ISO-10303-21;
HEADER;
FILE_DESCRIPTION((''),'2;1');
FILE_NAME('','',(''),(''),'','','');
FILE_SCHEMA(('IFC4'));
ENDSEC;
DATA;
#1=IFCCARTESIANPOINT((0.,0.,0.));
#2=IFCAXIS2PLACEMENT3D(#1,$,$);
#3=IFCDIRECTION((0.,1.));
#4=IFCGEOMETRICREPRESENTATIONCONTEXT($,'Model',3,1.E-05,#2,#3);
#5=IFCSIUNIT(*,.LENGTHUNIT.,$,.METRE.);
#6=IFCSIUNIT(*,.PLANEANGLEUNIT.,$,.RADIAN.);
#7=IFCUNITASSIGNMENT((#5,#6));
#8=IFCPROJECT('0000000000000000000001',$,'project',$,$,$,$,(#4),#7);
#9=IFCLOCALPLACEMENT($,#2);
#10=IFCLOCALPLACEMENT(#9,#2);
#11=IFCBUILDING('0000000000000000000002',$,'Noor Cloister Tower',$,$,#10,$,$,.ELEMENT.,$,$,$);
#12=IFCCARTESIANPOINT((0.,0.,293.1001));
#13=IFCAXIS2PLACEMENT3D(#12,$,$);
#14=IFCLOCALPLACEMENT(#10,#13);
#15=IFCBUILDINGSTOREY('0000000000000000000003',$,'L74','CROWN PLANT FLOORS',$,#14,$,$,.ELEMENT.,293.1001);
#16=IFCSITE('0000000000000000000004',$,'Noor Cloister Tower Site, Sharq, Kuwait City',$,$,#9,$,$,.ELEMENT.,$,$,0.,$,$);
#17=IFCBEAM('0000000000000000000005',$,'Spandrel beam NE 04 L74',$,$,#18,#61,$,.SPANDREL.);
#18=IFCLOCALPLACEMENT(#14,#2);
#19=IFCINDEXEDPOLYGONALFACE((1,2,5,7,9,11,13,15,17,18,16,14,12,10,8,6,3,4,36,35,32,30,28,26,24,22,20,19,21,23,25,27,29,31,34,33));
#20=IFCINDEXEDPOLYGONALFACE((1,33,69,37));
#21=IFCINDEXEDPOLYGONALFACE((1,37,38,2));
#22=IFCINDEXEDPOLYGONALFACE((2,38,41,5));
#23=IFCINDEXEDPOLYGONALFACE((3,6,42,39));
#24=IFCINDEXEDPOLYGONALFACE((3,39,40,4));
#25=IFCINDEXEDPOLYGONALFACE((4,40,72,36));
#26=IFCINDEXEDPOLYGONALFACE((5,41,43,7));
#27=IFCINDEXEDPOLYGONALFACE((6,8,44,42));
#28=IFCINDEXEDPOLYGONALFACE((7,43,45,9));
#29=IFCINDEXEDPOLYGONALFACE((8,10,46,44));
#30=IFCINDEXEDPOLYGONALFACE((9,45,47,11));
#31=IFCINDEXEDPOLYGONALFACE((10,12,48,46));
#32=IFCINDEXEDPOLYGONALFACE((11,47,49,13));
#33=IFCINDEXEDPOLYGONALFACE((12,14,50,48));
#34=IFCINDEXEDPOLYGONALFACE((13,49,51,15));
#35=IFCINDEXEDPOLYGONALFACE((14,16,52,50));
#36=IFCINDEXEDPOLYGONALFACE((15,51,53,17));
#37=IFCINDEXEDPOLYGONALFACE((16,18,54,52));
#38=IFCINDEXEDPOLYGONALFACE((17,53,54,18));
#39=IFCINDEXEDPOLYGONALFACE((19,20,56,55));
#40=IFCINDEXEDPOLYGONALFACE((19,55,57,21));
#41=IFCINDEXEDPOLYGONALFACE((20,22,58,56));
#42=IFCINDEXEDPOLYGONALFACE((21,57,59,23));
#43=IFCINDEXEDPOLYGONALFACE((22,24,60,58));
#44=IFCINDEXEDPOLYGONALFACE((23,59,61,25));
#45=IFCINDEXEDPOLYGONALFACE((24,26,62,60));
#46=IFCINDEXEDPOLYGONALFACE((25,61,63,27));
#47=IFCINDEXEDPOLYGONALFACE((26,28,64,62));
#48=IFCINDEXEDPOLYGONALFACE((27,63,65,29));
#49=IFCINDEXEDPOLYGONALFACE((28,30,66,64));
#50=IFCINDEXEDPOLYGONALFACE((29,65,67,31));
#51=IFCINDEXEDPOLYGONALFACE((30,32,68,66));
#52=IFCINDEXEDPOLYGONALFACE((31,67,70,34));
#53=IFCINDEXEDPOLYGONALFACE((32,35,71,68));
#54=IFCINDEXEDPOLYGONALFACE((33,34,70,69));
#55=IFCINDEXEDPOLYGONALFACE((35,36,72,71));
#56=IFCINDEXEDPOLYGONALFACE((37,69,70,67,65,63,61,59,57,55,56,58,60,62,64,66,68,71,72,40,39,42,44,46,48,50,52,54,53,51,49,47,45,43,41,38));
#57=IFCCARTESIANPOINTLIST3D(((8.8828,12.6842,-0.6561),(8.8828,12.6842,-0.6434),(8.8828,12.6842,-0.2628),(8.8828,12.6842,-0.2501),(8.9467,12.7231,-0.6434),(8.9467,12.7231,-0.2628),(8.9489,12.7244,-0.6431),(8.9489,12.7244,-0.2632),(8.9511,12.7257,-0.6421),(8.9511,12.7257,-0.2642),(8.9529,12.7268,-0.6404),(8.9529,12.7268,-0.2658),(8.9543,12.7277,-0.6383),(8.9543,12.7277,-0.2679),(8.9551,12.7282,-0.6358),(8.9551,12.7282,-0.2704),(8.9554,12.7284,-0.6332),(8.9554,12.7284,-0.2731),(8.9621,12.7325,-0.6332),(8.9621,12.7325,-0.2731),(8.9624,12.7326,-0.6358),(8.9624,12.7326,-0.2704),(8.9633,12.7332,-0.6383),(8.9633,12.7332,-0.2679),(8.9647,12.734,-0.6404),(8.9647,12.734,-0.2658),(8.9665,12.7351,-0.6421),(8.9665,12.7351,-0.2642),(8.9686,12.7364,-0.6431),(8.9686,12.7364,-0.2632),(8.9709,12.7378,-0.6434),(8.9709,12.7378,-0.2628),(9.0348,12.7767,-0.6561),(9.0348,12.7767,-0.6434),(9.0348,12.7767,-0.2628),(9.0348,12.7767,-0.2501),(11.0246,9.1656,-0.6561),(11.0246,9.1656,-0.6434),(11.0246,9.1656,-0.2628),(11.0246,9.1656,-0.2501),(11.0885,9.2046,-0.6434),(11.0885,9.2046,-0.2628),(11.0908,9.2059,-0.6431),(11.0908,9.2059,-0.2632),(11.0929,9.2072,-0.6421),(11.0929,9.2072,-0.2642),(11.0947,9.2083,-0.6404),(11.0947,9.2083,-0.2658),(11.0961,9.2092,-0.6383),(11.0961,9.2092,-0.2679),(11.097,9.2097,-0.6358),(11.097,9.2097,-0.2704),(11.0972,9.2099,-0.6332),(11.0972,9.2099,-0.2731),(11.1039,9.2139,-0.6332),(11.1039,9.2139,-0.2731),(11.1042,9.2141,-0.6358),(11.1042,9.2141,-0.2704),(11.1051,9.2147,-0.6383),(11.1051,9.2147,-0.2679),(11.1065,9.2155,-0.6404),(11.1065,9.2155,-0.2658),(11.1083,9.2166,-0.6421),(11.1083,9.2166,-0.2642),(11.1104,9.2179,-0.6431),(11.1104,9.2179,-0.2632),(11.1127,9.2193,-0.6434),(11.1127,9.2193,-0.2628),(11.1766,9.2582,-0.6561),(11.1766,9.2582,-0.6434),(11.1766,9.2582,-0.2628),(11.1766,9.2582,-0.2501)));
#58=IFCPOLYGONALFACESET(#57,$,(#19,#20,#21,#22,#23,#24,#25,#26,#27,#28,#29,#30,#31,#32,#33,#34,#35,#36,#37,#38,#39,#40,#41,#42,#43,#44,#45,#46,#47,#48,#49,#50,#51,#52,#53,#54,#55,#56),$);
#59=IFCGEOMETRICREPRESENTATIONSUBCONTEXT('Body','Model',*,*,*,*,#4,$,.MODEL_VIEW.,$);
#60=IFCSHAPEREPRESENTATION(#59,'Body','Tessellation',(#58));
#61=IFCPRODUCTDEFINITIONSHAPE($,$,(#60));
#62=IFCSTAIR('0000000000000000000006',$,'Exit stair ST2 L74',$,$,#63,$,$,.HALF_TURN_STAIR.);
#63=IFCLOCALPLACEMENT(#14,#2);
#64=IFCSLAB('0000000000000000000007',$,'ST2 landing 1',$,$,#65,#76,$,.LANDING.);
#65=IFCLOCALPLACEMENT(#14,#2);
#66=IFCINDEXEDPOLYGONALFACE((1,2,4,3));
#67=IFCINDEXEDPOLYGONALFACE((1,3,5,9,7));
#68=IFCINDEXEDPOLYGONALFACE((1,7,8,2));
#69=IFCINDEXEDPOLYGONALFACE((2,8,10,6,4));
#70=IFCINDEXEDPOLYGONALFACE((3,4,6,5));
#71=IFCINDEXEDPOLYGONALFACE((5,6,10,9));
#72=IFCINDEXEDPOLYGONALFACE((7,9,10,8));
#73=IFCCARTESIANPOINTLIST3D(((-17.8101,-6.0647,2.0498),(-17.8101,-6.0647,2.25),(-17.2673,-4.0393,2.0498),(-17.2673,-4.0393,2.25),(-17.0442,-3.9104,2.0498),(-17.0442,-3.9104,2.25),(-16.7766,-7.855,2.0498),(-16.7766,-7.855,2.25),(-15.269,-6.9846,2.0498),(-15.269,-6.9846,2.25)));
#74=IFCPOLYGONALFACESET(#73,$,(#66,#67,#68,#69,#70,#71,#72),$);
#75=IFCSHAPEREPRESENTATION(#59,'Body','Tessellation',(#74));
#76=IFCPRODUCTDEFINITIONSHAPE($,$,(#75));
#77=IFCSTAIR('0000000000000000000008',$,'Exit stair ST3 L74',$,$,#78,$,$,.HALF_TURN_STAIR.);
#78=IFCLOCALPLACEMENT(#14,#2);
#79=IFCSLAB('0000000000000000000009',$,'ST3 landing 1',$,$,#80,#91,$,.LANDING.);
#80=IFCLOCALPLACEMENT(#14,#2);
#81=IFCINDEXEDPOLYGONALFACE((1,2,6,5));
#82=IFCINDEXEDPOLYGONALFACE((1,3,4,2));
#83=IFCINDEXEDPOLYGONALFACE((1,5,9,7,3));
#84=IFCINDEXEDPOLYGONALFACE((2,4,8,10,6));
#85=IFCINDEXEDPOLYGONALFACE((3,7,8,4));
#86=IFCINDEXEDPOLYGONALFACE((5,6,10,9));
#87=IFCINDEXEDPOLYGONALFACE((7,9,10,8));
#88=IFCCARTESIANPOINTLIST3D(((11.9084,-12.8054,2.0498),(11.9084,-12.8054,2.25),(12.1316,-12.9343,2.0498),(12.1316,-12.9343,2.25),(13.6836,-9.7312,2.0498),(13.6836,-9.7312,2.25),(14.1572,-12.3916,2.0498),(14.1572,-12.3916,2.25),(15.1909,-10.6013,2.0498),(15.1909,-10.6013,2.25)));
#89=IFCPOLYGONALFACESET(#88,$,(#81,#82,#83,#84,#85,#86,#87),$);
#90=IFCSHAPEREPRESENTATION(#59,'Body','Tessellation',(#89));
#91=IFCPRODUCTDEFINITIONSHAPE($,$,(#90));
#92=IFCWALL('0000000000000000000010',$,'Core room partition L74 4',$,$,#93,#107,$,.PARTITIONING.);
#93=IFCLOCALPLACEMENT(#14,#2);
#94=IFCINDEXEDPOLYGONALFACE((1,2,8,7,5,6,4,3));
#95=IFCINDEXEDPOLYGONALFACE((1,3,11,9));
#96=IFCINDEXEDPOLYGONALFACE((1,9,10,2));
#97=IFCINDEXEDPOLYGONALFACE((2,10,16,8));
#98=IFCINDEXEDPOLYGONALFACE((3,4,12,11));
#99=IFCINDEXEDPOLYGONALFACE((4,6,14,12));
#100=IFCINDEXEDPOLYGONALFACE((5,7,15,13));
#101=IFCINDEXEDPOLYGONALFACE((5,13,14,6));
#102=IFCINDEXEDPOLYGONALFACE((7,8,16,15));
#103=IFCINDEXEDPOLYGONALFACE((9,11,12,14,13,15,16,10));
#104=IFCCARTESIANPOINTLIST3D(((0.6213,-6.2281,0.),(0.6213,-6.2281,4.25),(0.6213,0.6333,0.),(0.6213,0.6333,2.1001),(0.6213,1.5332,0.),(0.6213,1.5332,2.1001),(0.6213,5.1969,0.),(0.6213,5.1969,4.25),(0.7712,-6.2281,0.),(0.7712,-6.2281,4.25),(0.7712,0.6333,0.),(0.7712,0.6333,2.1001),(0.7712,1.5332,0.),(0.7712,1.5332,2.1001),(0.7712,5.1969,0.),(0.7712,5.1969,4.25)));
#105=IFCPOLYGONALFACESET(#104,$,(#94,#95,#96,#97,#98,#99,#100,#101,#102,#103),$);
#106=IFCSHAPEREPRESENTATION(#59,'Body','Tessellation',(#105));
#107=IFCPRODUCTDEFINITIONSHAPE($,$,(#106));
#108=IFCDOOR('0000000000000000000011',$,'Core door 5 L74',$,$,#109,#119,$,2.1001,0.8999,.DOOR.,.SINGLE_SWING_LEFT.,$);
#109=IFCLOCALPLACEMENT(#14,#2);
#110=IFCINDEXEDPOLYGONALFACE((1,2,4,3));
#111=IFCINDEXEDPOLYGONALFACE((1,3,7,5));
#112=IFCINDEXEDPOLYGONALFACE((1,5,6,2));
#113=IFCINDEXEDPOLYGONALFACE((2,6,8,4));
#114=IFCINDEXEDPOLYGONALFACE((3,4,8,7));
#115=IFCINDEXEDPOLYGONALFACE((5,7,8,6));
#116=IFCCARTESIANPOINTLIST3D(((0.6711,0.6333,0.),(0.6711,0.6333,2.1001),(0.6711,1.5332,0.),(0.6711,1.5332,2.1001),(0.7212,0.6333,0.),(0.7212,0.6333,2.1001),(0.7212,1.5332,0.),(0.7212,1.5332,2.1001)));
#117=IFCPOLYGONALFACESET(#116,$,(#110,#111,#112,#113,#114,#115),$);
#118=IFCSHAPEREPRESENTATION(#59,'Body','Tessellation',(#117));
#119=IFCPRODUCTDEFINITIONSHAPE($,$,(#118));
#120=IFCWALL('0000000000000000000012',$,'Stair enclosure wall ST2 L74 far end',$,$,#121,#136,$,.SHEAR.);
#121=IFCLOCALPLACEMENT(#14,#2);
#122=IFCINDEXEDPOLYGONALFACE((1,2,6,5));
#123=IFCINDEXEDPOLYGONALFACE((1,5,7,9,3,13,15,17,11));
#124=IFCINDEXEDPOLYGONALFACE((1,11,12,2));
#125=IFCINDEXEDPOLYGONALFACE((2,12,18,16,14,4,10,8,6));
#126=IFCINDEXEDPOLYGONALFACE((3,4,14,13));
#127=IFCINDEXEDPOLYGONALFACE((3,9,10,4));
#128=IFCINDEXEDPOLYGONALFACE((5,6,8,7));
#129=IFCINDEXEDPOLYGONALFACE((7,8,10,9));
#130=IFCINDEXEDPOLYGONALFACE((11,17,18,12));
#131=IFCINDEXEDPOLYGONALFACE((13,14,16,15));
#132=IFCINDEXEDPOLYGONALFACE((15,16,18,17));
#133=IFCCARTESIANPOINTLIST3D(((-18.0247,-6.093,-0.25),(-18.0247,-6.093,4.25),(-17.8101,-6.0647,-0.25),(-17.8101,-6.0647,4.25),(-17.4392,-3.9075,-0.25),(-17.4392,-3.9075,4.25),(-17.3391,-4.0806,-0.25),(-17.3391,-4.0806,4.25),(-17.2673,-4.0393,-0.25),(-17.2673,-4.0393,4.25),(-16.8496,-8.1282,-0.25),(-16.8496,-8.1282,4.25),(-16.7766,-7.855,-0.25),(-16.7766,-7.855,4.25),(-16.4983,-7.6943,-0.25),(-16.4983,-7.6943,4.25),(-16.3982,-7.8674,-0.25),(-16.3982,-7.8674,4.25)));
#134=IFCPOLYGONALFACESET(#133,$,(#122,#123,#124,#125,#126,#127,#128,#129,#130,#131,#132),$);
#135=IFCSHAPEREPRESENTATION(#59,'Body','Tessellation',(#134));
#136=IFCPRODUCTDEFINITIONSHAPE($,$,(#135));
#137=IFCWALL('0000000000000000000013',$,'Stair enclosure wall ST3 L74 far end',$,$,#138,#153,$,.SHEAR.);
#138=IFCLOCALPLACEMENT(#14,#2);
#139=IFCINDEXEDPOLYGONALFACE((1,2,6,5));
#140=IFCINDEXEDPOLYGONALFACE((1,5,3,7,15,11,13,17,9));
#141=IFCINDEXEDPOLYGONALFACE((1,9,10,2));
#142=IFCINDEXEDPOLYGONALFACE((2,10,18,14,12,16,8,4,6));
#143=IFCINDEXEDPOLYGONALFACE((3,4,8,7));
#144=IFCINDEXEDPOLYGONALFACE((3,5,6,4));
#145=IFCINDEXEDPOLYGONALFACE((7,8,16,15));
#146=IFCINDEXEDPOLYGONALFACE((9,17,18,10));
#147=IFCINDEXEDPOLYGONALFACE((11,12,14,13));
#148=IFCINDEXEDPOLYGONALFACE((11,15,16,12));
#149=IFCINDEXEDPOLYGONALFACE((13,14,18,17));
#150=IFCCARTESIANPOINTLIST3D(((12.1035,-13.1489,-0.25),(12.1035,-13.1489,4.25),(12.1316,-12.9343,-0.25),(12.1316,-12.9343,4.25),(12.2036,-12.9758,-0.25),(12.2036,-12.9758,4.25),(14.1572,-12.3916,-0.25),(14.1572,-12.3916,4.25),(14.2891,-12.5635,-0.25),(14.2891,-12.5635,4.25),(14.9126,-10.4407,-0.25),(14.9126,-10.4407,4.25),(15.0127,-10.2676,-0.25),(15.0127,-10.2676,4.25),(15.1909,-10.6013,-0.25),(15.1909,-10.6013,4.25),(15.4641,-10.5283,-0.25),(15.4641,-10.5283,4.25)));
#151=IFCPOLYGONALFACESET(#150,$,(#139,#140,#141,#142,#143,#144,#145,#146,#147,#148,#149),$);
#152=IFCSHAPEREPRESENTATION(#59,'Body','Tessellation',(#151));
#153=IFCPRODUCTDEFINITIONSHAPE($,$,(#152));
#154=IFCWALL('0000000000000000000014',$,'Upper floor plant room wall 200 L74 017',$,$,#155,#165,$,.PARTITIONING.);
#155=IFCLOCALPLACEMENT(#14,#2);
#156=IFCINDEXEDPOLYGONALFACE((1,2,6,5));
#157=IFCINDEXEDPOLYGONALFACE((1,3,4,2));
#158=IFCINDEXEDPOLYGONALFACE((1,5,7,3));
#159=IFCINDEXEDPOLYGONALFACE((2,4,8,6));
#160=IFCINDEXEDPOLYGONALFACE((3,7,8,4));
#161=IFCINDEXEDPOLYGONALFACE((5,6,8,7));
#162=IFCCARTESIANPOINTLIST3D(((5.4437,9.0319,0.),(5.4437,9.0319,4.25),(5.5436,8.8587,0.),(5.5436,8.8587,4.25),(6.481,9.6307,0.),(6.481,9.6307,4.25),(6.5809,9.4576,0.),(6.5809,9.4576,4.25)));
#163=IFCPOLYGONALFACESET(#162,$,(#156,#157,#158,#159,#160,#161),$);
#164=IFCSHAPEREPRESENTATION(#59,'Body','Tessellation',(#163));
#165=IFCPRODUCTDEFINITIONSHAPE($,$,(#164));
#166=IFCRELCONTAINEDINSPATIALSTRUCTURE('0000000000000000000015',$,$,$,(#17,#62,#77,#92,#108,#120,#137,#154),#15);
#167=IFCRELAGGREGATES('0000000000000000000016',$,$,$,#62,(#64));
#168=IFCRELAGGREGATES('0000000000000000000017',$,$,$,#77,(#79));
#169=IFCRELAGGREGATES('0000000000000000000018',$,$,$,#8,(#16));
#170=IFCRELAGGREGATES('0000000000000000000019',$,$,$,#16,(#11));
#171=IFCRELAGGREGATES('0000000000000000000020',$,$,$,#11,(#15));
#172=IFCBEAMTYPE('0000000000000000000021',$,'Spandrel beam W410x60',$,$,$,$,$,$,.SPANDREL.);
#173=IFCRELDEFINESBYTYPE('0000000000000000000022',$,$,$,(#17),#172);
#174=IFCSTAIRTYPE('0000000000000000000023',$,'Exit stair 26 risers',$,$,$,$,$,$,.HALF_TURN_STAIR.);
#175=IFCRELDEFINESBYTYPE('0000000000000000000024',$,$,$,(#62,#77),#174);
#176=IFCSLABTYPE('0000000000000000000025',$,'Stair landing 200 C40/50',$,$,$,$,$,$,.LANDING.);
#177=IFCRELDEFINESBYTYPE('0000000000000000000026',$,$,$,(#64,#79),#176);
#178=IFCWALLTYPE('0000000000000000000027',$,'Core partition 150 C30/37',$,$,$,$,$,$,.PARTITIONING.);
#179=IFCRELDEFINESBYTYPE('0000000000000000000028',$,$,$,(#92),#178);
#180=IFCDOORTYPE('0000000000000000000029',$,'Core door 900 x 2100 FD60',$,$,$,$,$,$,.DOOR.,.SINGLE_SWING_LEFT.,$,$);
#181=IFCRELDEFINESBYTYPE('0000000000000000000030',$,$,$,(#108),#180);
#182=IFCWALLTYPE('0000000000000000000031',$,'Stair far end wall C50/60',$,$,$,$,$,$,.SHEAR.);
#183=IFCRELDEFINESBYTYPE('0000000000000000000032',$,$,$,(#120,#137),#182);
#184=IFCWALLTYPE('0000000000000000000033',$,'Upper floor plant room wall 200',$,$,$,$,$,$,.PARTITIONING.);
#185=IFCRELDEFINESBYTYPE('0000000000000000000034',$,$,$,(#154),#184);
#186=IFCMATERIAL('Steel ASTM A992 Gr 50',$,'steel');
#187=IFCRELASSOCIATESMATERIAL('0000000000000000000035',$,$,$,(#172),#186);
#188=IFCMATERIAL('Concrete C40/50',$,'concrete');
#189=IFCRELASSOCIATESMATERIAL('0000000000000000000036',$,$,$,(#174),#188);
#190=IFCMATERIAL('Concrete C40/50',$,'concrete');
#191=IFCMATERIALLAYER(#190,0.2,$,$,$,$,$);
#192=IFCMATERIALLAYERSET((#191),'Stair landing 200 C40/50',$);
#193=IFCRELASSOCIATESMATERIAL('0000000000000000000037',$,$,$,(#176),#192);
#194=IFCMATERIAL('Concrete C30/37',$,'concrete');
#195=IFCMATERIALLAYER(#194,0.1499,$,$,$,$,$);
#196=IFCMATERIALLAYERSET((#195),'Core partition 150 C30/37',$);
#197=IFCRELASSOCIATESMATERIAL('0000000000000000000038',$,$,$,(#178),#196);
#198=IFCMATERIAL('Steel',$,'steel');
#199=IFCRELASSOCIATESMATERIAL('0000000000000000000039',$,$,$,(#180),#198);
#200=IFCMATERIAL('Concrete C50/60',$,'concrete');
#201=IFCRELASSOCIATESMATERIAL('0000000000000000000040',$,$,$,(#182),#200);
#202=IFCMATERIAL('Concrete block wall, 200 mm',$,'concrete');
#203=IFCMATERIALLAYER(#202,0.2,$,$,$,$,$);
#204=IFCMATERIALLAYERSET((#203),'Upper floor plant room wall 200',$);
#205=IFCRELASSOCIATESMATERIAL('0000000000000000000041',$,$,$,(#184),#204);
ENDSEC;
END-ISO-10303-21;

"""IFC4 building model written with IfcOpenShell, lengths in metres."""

from ifc_helpers import new_model, si_unit, direction, frame, frame_2d, origin, origin_2d, place, context, subcontext, project, spatial, polyline, rectangle, i_section, outline, extrude, material, layer, layer_set, material_profile, profile_set, type_object, element, fill, aggregate, save


model = new_model("IFC4")

# Units and contexts
model_context = context("Model", 3, precision=1e-05, world=origin(), true_north=direction((0.0, 1.0)))
body_context = subcontext(model_context, "Body", "Model", "MODEL_VIEW")
ifc_project = project(units=[si_unit("LENGTHUNIT", "METRE"), si_unit("PLANEANGLEUNIT", "RADIAN")], contexts=[model_context])

# Site, building, storey
site_placement = place(None, origin())
site = spatial("IfcSite", under=ifc_project, at=site_placement, Name="Noor Cloister Tower Site, Sharq, Kuwait City", CompositionType="ELEMENT", RefElevation=0.0)
building_placement = place(site_placement, origin())
building = spatial("IfcBuilding", under=site, at=building_placement, Name="Noor Cloister Tower", CompositionType="ELEMENT")
storey_placement = place(building_placement, frame((0.0, 0.0, 293.1001)))
storey = spatial("IfcBuildingStorey", under=building, at=storey_placement, Name="L74", Description="CROWN PLANT FLOORS", CompositionType="ELEMENT", Elevation=293.1001)

# Beam
ifc_material_1 = material(Name="Steel ASTM A992 Gr 50", Category="steel")
ifc_material_profile_1 = material_profile(ifc_material_1, i_section(OverallWidth=0.178, OverallDepth=0.406, WebThickness=0.0078, FlangeThickness=0.0127, FilletRadius=0.0103, at=origin_2d()), Name="W410x60")
ifc_profile_set_1 = profile_set([ifc_material_profile_1], Name="Steel ASTM A992 Gr 50")
beam_type_1 = type_object("IfcBeamType", Name="Spandrel beam W410x60", PredefinedType="SPANDREL", material=ifc_profile_set_1)
for number, where, z_axis, x_axis, name in (
    (1, (11.1006, 9.2119, -0.4531), (-0.519968, 0.854186, 0.0), (-0.854186, -0.519968, 0.0), "Spandrel beam NE 04 L74"),
):
    element("IfcBeam", number, at=place(storey_placement, frame(where, z_axis=z_axis, x_axis=x_axis)), inside=storey, type_object=beam_type_1, Name=name, PredefinedType="SPANDREL", context=body_context, shape_type="SweptSolid", body=[
        extrude(i_section(OverallWidth=0.178, OverallDepth=0.406, WebThickness=0.0078, FlangeThickness=0.0127, FilletRadius=0.0103, at=origin_2d()), origin(), (0.0, 0.0, 1.0), 4.1191),
    ])

# Stairs, slabs
ifc_material_2 = material(Name="Concrete C40/50", Category="concrete")
stair_type = type_object("IfcStairType", Name="Exit stair 26 risers", PredefinedType="HALF_TURN_STAIR", material=ifc_material_2)
stair_1_placement = place(storey_placement, origin())
stair_1 = element("IfcStair", 2, at=stair_1_placement, inside=storey, type_object=stair_type, Name="Exit stair ST2 L74", PredefinedType="HALF_TURN_STAIR")
ifc_material_3 = material(Name="Concrete C40/50", Category="concrete")
ifc_layer_1 = layer(ifc_material_3, 0.2)
ifc_layer_set_1 = layer_set([ifc_layer_1], Name="Stair landing 200 C40/50")
slab_type = type_object("IfcSlabType", Name="Stair landing 200 C40/50", PredefinedType="LANDING", material=ifc_layer_set_1)
slab_1_placement = place(storey_placement, frame((0.0, 0.0, 2.0498)))
slab_1 = element("IfcSlab", 3, at=slab_1_placement, type_object=slab_type, Name="ST2 landing 1", PredefinedType="LANDING", context=body_context, shape_type="SweptSolid", body=[
    extrude(outline(polyline([(-17.0442, -3.9104), (-17.2673, -4.0393), (-17.8101, -6.0647), (-16.7766, -7.855), (-15.269, -6.9846), (-17.0442, -3.9104)])), origin(), (0.0, 0.0, 1.0), 0.2002),
])
aggregate(stair_1, [slab_1])
stair_2_placement = place(storey_placement, origin())
stair_2 = element("IfcStair", 4, at=stair_2_placement, inside=storey, type_object=stair_type, Name="Exit stair ST3 L74", PredefinedType="HALF_TURN_STAIR")
slab_2_placement = place(storey_placement, frame((0.0, 0.0, 2.0498)))
slab_2 = element("IfcSlab", 5, at=slab_2_placement, type_object=slab_type, Name="ST3 landing 1", PredefinedType="LANDING", context=body_context, shape_type="SweptSolid", body=[
    extrude(outline(polyline([(11.9084, -12.8054), (12.1316, -12.9343), (14.1572, -12.3916), (15.1909, -10.6013), (13.6836, -9.7312), (11.9084, -12.8054)])), origin(), (0.0, 0.0, 1.0), 0.2002),
])
aggregate(stair_2, [slab_2])

# Wall, opening, door
ifc_material_4 = material(Name="Concrete C30/37", Category="concrete")
ifc_layer_2 = layer(ifc_material_4, 0.1499)
ifc_layer_set_2 = layer_set([ifc_layer_2], Name="Core partition 150 C30/37")
wall_type_1 = type_object("IfcWallType", Name="Core partition 150 C30/37", PredefinedType="PARTITIONING", material=ifc_layer_set_2)
wall_1_placement = place(storey_placement, frame((0.6963, 5.1968, 0.0), z_axis=(0.0, 0.0, 1.0), x_axis=(0.0, -1.0, 0.0)))
wall_1 = element("IfcWall", 6, at=wall_1_placement, inside=storey, type_object=wall_type_1, Name="Core room partition L74 4", PredefinedType="PARTITIONING", context=body_context, shape_type="SweptSolid", body=[
    extrude(rectangle(XDim=11.425, YDim=0.1499, at=frame_2d((5.7124, 0.0))), origin(), (0.0, 0.0, 1.0), 4.25),
])
opening_1_placement = place(wall_1_placement, frame((3.6636, 0.0, 0.0)))
opening_1 = element("IfcOpeningElement", 7, at=opening_1_placement, cuts=wall_1, PredefinedType="OPENING", context=body_context, shape_type="SweptSolid", body=[
    extrude(rectangle(XDim=0.8999, YDim=2.1001, at=frame_2d((0.45, 1.05))), frame((0.0, 0.085, 0.0), z_axis=(0.0, -1.0, 0.0), x_axis=(1.0, 0.0, 0.0)), (0.0, 0.0, 1.0), 0.1699),
])
ifc_material_5 = material(Name="Steel", Category="steel")
door_type_1 = type_object("IfcDoorType", Name="Core door 900 x 2100 FD60", OperationType="SINGLE_SWING_LEFT", PredefinedType="DOOR", material=ifc_material_5)
door_1_placement = place(opening_1_placement, origin())
door_1 = element("IfcDoor", 8, at=door_1_placement, inside=storey, type_object=door_type_1, Name="Core door 5 L74", OperationType="SINGLE_SWING_LEFT", OverallHeight=2.1001, OverallWidth=0.8999, PredefinedType="DOOR", context=body_context, shape_type="SweptSolid", body=[
    extrude(rectangle(XDim=0.8999, YDim=2.1001, at=frame_2d((0.45, 1.05))), frame((0.0, 0.0249, 0.0), z_axis=(0.0, -1.0, 0.0), x_axis=(1.0, 0.0, 0.0)), (0.0, 0.0, 1.0), 0.05),
])
fill(opening_1, door_1)

# Walls
ifc_material_6 = material(Name="Concrete C50/60", Category="concrete")
wall_type_2 = type_object("IfcWallType", Name="Stair far end wall C50/60", PredefinedType="SHEAR", material=ifc_material_6)
wall_2_placement = place(storey_placement, frame((0.0, 0.0, -0.25)))
element("IfcWall", 9, at=wall_2_placement, inside=storey, type_object=wall_type_2, Name="Stair enclosure wall ST2 L74 far end", PredefinedType="SHEAR", context=body_context, shape_type="SweptSolid", body=[
    extrude(outline(polyline([(-17.4392, -3.9075), (-18.0247, -6.093), (-16.8496, -8.1282), (-16.3982, -7.8674), (-16.4983, -7.6943), (-16.4983, -7.6943), (-16.7766, -7.855), (-17.8101, -6.0647), (-17.2673, -4.0393), (-17.3391, -4.0806), (-17.3391, -4.0806), (-17.3391, -4.0806), (-17.3391, -4.0806), (-17.3391, -4.0806), (-17.3391, -4.0806), (-17.3391, -4.0806), (-17.3391, -4.0806), (-17.3391, -4.0806), (-17.3391, -4.0806), (-17.3391, -4.0806), (-17.3391, -4.0806), (-17.3391, -4.0806), (-17.3391, -4.0806), (-17.3391, -4.0806), (-17.3391, -4.0806), (-17.3391, -4.0806), (-17.4392, -3.9075)])), origin(), (0.0, 0.0, 1.0), 4.5),
])
wall_3_placement = place(storey_placement, frame((0.0, 0.0, -0.25)))
element("IfcWall", 10, at=wall_3_placement, inside=storey, type_object=wall_type_2, Name="Stair enclosure wall ST3 L74 far end", PredefinedType="SHEAR", context=body_context, shape_type="SweptSolid", body=[
    extrude(outline(polyline([(12.1035, -13.1489), (14.2891, -12.5635), (15.4641, -10.5283), (15.0127, -10.2676), (14.9126, -10.4407), (15.1909, -10.6013), (14.1572, -12.3916), (12.1316, -12.9343), (12.2036, -12.9758), (12.2036, -12.9758), (12.2036, -12.9758), (12.2036, -12.9758), (12.2036, -12.9758), (12.2036, -12.9758), (12.2036, -12.9758), (12.2036, -12.9758), (12.2036, -12.9758), (12.2036, -12.9758), (12.2036, -12.9758), (12.2036, -12.9758), (12.2036, -12.9758), (12.2036, -12.9758), (12.2036, -12.9758), (12.2036, -12.9758), (12.2036, -12.9758), (12.1035, -13.1489)])), origin(), (0.0, 0.0, 1.0), 4.5),
])
ifc_material_7 = material(Name="Concrete block wall, 200 mm", Category="concrete")
ifc_layer_3 = layer(ifc_material_7, 0.2)
ifc_layer_set_3 = layer_set([ifc_layer_3], Name="Upper floor plant room wall 200")
wall_type_3 = type_object("IfcWallType", Name="Upper floor plant room wall 200", PredefinedType="PARTITIONING", material=ifc_layer_set_3)
wall_4_placement = place(storey_placement, frame((5.4937, 8.9453, 0.0), z_axis=(0.0, 0.0, 1.0), x_axis=(0.86604, 0.499975, 0.0)))
element("IfcWall", 11, at=wall_4_placement, inside=storey, type_object=wall_type_3, Name="Upper floor plant room wall 200 L74 017", PredefinedType="PARTITIONING", context=body_context, shape_type="SweptSolid", body=[
    extrude(rectangle(XDim=1.1978, YDim=0.2, at=frame_2d((0.5989, 0.0))), origin(), (0.0, 0.0, 1.0), 4.25),
])

save(model, "model.ifc")
